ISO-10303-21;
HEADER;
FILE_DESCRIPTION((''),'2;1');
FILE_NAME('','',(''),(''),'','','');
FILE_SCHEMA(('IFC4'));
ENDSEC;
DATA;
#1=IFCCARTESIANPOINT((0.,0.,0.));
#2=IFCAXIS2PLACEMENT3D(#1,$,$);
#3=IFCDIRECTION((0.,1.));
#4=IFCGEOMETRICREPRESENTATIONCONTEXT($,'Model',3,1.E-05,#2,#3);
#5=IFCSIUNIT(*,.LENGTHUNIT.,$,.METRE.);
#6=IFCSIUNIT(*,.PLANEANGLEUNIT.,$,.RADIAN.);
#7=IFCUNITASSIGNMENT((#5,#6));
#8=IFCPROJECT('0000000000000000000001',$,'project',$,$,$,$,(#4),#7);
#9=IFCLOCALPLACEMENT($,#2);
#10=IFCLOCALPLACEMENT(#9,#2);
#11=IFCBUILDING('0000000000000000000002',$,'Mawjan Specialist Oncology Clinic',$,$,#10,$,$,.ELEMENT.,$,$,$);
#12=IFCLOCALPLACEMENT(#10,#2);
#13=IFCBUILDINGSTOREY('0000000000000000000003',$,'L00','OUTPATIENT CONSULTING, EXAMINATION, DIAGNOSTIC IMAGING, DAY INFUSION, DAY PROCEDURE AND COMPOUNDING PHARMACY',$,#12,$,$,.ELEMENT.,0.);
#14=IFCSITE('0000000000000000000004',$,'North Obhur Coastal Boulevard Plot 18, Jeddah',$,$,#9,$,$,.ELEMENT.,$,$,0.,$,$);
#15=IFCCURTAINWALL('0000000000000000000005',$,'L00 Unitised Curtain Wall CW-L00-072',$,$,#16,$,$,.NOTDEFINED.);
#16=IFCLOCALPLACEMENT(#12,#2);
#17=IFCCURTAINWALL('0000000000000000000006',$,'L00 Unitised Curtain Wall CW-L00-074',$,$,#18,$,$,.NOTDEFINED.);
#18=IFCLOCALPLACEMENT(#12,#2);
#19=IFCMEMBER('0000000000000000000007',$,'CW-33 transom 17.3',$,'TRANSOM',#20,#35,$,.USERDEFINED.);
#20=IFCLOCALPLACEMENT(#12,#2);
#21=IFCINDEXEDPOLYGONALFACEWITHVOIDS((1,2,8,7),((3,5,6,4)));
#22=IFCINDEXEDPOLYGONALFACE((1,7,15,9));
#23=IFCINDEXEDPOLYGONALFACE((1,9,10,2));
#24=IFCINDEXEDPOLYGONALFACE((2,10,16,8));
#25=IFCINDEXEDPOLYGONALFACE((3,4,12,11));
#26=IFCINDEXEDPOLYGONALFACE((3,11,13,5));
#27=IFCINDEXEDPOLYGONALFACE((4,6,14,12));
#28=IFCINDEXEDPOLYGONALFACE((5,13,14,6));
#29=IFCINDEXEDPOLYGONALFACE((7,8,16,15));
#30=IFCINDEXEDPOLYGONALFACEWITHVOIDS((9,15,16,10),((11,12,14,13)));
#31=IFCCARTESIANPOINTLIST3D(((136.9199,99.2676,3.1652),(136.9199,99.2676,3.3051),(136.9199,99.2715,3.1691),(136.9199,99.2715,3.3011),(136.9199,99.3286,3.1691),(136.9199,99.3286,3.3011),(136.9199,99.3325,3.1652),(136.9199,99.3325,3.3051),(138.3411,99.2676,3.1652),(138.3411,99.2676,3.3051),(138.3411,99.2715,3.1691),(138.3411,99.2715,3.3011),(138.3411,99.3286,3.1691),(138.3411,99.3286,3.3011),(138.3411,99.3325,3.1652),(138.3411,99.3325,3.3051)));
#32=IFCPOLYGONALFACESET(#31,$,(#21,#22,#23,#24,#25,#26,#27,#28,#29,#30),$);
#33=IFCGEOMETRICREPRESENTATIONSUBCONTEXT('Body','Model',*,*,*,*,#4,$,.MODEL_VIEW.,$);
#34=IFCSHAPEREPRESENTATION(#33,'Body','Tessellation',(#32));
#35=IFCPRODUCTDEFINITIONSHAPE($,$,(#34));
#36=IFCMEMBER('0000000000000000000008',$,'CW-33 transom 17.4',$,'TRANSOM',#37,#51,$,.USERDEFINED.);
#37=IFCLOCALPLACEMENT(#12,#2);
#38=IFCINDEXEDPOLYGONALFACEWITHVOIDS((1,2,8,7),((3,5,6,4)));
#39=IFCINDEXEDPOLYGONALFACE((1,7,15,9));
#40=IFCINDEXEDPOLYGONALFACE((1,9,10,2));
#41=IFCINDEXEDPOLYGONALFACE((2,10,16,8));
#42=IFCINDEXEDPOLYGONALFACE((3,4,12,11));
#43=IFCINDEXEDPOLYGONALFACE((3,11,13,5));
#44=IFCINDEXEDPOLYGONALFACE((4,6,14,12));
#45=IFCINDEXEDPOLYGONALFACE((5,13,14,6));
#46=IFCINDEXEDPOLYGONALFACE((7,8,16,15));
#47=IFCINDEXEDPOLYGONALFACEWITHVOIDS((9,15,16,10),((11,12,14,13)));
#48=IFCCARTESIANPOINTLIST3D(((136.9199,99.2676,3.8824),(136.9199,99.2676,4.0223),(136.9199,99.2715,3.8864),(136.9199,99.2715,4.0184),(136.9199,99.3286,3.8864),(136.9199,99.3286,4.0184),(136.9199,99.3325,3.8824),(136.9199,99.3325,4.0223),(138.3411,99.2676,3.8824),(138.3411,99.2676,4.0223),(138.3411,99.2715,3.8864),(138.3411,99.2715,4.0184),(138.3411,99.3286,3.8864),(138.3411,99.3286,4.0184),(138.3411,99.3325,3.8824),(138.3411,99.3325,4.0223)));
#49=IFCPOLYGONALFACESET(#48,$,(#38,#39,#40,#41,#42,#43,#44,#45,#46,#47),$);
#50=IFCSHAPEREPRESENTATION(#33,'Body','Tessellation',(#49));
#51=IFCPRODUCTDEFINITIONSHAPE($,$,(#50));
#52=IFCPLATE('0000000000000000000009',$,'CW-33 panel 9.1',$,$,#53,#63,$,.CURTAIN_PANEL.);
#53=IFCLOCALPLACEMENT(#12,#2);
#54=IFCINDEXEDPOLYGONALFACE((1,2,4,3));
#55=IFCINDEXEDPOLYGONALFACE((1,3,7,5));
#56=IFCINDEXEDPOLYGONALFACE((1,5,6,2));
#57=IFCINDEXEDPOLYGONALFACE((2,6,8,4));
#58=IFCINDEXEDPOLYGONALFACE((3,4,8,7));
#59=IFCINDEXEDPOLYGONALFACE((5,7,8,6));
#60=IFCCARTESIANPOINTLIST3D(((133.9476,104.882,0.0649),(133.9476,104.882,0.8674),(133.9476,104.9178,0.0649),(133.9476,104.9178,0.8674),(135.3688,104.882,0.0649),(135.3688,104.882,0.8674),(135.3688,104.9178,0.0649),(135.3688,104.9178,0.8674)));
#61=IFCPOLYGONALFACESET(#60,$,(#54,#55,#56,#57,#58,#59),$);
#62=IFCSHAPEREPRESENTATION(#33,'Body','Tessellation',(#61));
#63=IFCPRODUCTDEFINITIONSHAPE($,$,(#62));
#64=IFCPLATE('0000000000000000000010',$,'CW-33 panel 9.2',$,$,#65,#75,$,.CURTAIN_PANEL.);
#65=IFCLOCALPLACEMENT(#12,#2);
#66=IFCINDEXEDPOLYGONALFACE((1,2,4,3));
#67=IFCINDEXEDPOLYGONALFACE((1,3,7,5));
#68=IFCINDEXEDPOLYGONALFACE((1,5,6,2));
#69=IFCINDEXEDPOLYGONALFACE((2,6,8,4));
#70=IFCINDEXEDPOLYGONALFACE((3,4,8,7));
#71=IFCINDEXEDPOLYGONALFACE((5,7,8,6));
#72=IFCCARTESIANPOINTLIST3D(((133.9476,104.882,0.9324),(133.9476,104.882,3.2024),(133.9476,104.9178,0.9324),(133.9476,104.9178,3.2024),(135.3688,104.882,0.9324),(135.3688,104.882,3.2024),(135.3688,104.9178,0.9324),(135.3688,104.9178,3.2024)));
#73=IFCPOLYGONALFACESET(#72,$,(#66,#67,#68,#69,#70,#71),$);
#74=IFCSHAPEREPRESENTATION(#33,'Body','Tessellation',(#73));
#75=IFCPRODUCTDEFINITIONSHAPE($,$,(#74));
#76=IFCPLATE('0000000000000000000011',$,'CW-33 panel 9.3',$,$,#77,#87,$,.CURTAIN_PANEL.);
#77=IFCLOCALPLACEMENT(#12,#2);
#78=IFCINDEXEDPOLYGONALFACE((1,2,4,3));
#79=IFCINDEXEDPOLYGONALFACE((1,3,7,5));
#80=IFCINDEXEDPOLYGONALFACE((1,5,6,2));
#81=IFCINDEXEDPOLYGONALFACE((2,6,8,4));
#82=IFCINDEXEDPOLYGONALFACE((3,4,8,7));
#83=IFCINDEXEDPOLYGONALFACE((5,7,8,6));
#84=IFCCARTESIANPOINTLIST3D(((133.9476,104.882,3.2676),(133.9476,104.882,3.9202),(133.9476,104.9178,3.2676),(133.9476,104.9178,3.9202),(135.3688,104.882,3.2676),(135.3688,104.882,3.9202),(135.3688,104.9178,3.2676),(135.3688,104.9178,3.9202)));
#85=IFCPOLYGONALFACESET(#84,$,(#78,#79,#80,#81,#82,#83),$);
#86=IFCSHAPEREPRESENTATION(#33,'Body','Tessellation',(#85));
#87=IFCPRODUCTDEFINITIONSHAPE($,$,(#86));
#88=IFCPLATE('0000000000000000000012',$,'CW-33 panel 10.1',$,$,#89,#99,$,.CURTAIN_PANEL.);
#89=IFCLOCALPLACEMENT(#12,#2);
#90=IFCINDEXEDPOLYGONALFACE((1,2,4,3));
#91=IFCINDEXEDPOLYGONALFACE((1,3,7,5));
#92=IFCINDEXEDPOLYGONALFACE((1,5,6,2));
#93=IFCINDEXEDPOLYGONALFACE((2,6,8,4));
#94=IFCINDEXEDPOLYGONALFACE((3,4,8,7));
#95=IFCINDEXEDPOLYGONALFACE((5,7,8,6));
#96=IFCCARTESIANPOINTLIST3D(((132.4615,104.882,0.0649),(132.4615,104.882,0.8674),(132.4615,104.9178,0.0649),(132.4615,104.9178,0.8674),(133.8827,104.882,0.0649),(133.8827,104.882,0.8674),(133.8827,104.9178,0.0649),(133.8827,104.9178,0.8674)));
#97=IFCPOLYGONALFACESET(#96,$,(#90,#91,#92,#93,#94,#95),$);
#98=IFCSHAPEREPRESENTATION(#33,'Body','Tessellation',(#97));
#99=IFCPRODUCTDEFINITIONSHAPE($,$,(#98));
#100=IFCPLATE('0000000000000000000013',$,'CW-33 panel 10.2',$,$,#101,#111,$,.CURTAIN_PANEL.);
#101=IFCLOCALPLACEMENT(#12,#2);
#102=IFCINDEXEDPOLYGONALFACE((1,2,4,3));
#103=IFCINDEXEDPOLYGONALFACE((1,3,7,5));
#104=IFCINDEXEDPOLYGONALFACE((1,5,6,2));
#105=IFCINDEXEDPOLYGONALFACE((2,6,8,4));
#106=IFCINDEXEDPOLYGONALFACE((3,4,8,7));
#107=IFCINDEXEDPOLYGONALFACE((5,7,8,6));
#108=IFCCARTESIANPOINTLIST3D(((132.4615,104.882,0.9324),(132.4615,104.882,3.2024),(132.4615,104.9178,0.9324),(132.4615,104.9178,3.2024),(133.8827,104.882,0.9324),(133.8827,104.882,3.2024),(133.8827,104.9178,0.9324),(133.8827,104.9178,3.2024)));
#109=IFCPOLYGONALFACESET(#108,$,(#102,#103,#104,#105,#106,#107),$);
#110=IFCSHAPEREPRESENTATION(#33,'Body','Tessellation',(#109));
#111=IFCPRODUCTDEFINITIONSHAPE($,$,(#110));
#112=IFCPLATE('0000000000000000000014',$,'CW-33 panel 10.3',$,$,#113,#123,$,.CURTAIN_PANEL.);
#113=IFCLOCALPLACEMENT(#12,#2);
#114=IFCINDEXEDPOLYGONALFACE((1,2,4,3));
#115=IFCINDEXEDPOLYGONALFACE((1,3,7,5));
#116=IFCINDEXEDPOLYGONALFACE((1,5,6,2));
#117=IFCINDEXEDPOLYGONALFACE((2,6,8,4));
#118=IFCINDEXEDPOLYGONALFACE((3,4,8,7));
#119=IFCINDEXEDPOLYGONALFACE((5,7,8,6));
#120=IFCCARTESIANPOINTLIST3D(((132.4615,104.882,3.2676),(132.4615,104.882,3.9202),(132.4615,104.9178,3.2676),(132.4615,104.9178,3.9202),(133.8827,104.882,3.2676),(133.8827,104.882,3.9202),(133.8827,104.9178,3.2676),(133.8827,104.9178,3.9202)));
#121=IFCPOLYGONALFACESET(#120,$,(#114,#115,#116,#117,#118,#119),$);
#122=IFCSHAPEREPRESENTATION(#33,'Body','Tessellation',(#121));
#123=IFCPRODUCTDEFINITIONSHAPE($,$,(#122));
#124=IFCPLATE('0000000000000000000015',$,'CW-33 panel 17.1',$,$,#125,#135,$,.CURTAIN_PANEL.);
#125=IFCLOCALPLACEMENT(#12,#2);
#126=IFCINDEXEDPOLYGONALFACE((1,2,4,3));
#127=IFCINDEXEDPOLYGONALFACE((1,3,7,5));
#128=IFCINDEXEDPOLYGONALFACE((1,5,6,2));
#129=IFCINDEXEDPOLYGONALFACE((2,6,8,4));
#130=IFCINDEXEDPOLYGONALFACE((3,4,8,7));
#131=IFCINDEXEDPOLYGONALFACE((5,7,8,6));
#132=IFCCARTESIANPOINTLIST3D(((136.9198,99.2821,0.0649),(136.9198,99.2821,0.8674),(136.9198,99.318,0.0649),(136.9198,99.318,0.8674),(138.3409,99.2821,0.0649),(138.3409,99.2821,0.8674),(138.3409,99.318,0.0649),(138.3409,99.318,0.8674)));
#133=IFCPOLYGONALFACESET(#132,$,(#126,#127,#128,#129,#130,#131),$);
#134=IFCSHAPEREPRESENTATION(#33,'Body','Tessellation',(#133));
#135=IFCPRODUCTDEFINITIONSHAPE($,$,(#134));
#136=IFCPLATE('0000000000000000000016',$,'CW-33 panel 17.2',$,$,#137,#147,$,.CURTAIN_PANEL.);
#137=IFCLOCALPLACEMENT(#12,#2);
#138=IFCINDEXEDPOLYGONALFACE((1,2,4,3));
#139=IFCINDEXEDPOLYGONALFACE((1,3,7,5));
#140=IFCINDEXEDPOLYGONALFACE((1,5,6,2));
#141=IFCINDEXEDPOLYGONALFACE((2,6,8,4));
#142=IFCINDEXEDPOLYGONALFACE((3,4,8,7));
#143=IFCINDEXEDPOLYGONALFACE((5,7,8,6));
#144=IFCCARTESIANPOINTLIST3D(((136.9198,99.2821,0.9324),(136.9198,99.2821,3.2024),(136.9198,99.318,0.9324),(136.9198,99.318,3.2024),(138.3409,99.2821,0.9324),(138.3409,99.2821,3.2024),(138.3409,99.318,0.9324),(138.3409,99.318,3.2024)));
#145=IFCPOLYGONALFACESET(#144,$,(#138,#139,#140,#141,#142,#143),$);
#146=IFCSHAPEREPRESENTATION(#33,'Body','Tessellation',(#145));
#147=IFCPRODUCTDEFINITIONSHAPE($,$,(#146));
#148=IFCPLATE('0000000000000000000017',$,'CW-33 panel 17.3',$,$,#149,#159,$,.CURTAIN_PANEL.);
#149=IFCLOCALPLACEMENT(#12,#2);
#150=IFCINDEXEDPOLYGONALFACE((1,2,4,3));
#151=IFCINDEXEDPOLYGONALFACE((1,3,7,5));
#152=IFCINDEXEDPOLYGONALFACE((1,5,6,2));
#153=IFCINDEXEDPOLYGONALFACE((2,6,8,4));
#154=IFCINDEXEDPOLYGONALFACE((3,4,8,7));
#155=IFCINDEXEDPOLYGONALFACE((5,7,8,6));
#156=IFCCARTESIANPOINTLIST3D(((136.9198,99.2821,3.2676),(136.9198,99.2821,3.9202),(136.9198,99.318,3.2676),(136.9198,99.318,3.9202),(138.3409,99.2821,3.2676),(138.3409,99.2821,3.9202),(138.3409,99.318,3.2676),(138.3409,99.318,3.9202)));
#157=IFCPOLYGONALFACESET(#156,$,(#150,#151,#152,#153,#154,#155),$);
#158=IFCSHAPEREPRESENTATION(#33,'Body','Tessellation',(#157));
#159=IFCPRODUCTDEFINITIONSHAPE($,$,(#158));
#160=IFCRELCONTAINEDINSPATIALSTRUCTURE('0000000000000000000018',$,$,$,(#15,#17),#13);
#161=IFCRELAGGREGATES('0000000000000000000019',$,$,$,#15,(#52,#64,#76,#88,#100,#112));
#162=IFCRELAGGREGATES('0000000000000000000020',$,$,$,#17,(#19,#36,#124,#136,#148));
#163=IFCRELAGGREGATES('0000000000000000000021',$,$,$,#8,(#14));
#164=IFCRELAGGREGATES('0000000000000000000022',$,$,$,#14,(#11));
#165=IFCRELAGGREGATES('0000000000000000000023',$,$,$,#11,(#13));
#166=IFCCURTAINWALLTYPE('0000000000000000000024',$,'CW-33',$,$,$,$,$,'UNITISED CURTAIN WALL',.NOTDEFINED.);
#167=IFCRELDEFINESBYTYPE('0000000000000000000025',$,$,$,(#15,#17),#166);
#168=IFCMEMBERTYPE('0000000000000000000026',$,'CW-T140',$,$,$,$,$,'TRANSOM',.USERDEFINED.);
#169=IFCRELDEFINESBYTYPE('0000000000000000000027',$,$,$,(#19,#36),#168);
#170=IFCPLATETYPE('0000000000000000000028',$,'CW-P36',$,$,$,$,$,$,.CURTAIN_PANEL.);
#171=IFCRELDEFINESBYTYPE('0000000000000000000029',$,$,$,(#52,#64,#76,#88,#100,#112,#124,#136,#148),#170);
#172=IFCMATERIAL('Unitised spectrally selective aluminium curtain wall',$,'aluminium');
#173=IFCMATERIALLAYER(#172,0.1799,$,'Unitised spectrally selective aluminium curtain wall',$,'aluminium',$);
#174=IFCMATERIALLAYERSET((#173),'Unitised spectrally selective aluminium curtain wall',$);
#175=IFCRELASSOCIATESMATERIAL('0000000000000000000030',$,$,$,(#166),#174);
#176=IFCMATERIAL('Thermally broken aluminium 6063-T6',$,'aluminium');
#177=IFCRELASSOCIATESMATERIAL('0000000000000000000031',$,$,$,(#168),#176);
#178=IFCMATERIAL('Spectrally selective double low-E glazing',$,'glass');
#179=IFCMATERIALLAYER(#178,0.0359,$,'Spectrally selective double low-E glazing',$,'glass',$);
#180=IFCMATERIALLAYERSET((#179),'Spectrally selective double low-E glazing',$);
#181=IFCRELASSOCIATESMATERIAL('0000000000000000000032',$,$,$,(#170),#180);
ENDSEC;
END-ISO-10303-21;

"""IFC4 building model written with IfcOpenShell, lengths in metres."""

from ifc_helpers import new_model, si_unit, direction, frame, origin, origin_2d, place, context, subcontext, project, spatial, rectangle, hollow_rectangle, extrude, material, layer, layer_set, material_profile, profile_set, type_object, element, aggregate, save


model = new_model("IFC4")

# Units and contexts
model_context = context("Model", 3, precision=1e-05, world=origin(), true_north=direction((0.0, 1.0)))
body_context = subcontext(model_context, "Body", "Model", "MODEL_VIEW")
ifc_project = project(units=[si_unit("LENGTHUNIT", "METRE"), si_unit("PLANEANGLEUNIT", "RADIAN")], contexts=[model_context])

# Site, building, storey
site_placement = place(None, origin())
site = spatial("IfcSite", under=ifc_project, at=site_placement, Name="North Obhur Coastal Boulevard Plot 18, Jeddah", CompositionType="ELEMENT", RefElevation=0.0)
building_placement = place(site_placement, origin())
building = spatial("IfcBuilding", under=site, at=building_placement, Name="Mawjan Specialist Oncology Clinic", CompositionType="ELEMENT")
storey_placement = place(building_placement, origin())
storey = spatial("IfcBuildingStorey", under=building, at=storey_placement, Name="L00", Description="OUTPATIENT CONSULTING, EXAMINATION, DIAGNOSTIC IMAGING, DAY INFUSION, DAY PROCEDURE AND COMPOUNDING PHARMACY", CompositionType="ELEMENT", Elevation=0.0)

# Curtain walls, members
ifc_material_1 = material(Name="Unitised spectrally selective aluminium curtain wall", Category="aluminium")
ifc_layer_1 = layer(ifc_material_1, 0.1799, Name="Unitised spectrally selective aluminium curtain wall", Category="aluminium")
ifc_layer_set_1 = layer_set([ifc_layer_1], Name="Unitised spectrally selective aluminium curtain wall")
curtain_wall_type = type_object("IfcCurtainWallType", Name="CW-33", ElementType="UNITISED CURTAIN WALL", PredefinedType="NOTDEFINED", material=ifc_layer_set_1)
curtain_wall_1_placement = place(storey_placement, origin())
curtain_wall_1 = element("IfcCurtainWall", 1, at=curtain_wall_1_placement, inside=storey, type_object=curtain_wall_type, Name="L00 Unitised Curtain Wall CW-L00-072", PredefinedType="NOTDEFINED")
ifc_material_2 = material(Name="Thermally broken aluminium 6063-T6", Category="aluminium")
ifc_material_profile_1 = material_profile(ifc_material_2, hollow_rectangle(XDim=0.0649, YDim=0.1399, WallThickness=0.0039, at=origin_2d()), Name="ALU TRANSOM 140x65x4", Category="aluminium")
ifc_profile_set_1 = profile_set([ifc_material_profile_1], Name="Thermally broken aluminium 6063-T6")
member_type_1 = type_object("IfcMemberType", Name="CW-T140", ElementType="TRANSOM", PredefinedType="USERDEFINED", material=ifc_profile_set_1)
curtain_wall_2_placement = place(storey_placement, origin())
curtain_wall_2 = element("IfcCurtainWall", 2, at=curtain_wall_2_placement, inside=storey, type_object=curtain_wall_type, Name="L00 Unitised Curtain Wall CW-L00-074", PredefinedType="NOTDEFINED")
member_1_placement = place(storey_placement, frame((136.9199, 99.3, 3.2351), z_axis=(1.0, 0.0, 0.0), x_axis=(0.0, 1.0, 0.0)))
member_1 = element("IfcMember", 3, at=member_1_placement, type_object=member_type_1, Name="CW-33 transom 17.3", ObjectType="TRANSOM", PredefinedType="USERDEFINED", context=body_context, shape_type="SweptSolid", body=[
    extrude(hollow_rectangle(XDim=0.0649, YDim=0.1399, WallThickness=0.0039, at=origin_2d()), origin(), (0.0, 0.0, 1.0), 1.4211),
])
member_2_placement = place(storey_placement, frame((136.9199, 99.3, 3.9524), z_axis=(1.0, 0.0, 0.0), x_axis=(0.0, 1.0, 0.0)))
member_2 = element("IfcMember", 4, at=member_2_placement, type_object=member_type_1, Name="CW-33 transom 17.4", ObjectType="TRANSOM", PredefinedType="USERDEFINED", context=body_context, shape_type="SweptSolid", body=[
    extrude(hollow_rectangle(XDim=0.0649, YDim=0.1399, WallThickness=0.0039, at=origin_2d()), origin(), (0.0, 0.0, 1.0), 1.4211),
])

# Plates
ifc_material_3 = material(Name="Spectrally selective double low-E glazing", Category="glass")
ifc_layer_2 = layer(ifc_material_3, 0.0359, Name="Spectrally selective double low-E glazing", Category="glass")
ifc_layer_set_2 = layer_set([ifc_layer_2], Name="Spectrally selective double low-E glazing")
plate_type = type_object("IfcPlateType", Name="CW-P36", PredefinedType="CURTAIN_PANEL", material=ifc_layer_set_2)
plate_1_placement = place(storey_placement, frame((134.6582, 104.8999, 0.0649), z_axis=(0.0, 0.0, 1.0), x_axis=(-1.0, 0.0, 0.0)))
plate_1 = element("IfcPlate", 5, at=plate_1_placement, type_object=plate_type, Name="CW-33 panel 9.1", PredefinedType="CURTAIN_PANEL", context=body_context, shape_type="SweptSolid", body=[
    extrude(rectangle(XDim=1.4211, YDim=0.0359, at=origin_2d()), origin(), (0.0, 0.0, 1.0), 0.8025),
])
plate_2_placement = place(storey_placement, frame((134.6582, 104.8999, 0.9324), z_axis=(0.0, 0.0, 1.0), x_axis=(-1.0, 0.0, 0.0)))
plate_2 = element("IfcPlate", 6, at=plate_2_placement, type_object=plate_type, Name="CW-33 panel 9.2", PredefinedType="CURTAIN_PANEL", context=body_context, shape_type="SweptSolid", body=[
    extrude(rectangle(XDim=1.4211, YDim=0.0359, at=origin_2d()), origin(), (0.0, 0.0, 1.0), 2.27),
])
plate_3_placement = place(storey_placement, frame((134.6582, 104.8999, 3.2676), z_axis=(0.0, 0.0, 1.0), x_axis=(-1.0, 0.0, 0.0)))
plate_3 = element("IfcPlate", 7, at=plate_3_placement, type_object=plate_type, Name="CW-33 panel 9.3", PredefinedType="CURTAIN_PANEL", context=body_context, shape_type="SweptSolid", body=[
    extrude(rectangle(XDim=1.4211, YDim=0.0359, at=origin_2d()), origin(), (0.0, 0.0, 1.0), 0.6526),
])
plate_4_placement = place(storey_placement, frame((133.1721, 104.8999, 0.0649), z_axis=(0.0, 0.0, 1.0), x_axis=(-1.0, 0.0, 0.0)))
plate_4 = element("IfcPlate", 8, at=plate_4_placement, type_object=plate_type, Name="CW-33 panel 10.1", PredefinedType="CURTAIN_PANEL", context=body_context, shape_type="SweptSolid", body=[
    extrude(rectangle(XDim=1.4211, YDim=0.0359, at=origin_2d()), origin(), (0.0, 0.0, 1.0), 0.8025),
])
plate_5_placement = place(storey_placement, frame((133.1721, 104.8999, 0.9324), z_axis=(0.0, 0.0, 1.0), x_axis=(-1.0, 0.0, 0.0)))
plate_5 = element("IfcPlate", 9, at=plate_5_placement, type_object=plate_type, Name="CW-33 panel 10.2", PredefinedType="CURTAIN_PANEL", context=body_context, shape_type="SweptSolid", body=[
    extrude(rectangle(XDim=1.4211, YDim=0.0359, at=origin_2d()), origin(), (0.0, 0.0, 1.0), 2.27),
])
plate_6_placement = place(storey_placement, frame((133.1721, 104.8999, 3.2676), z_axis=(0.0, 0.0, 1.0), x_axis=(-1.0, 0.0, 0.0)))
plate_6 = element("IfcPlate", 10, at=plate_6_placement, type_object=plate_type, Name="CW-33 panel 10.3", PredefinedType="CURTAIN_PANEL", context=body_context, shape_type="SweptSolid", body=[
    extrude(rectangle(XDim=1.4211, YDim=0.0359, at=origin_2d()), origin(), (0.0, 0.0, 1.0), 0.6526),
])
aggregate(curtain_wall_1, [plate_1, plate_2, plate_3, plate_4, plate_5, plate_6])
plate_7_placement = place(storey_placement, frame((137.6304, 99.3, 0.0649), z_axis=(0.0, 0.0, 1.0), x_axis=(1.0, 0.0, 0.0)))
plate_7 = element("IfcPlate", 11, at=plate_7_placement, type_object=plate_type, Name="CW-33 panel 17.1", PredefinedType="CURTAIN_PANEL", context=body_context, shape_type="SweptSolid", body=[
    extrude(rectangle(XDim=1.4211, YDim=0.0359, at=origin_2d()), origin(), (0.0, 0.0, 1.0), 0.8025),
])
plate_8_placement = place(storey_placement, frame((137.6304, 99.3, 0.9324), z_axis=(0.0, 0.0, 1.0), x_axis=(1.0, 0.0, 0.0)))
plate_8 = element("IfcPlate", 12, at=plate_8_placement, type_object=plate_type, Name="CW-33 panel 17.2", PredefinedType="CURTAIN_PANEL", context=body_context, shape_type="SweptSolid", body=[
    extrude(rectangle(XDim=1.4211, YDim=0.0359, at=origin_2d()), origin(), (0.0, 0.0, 1.0), 2.27),
])
plate_9_placement = place(storey_placement, frame((137.6304, 99.3, 3.2676), z_axis=(0.0, 0.0, 1.0), x_axis=(1.0, 0.0, 0.0)))
plate_9 = element("IfcPlate", 13, at=plate_9_placement, type_object=plate_type, Name="CW-33 panel 17.3", PredefinedType="CURTAIN_PANEL", context=body_context, shape_type="SweptSolid", body=[
    extrude(rectangle(XDim=1.4211, YDim=0.0359, at=origin_2d()), origin(), (0.0, 0.0, 1.0), 0.6526),
])
aggregate(curtain_wall_2, [member_1, member_2, plate_7, plate_8, plate_9])

save(model, "model.ifc")
